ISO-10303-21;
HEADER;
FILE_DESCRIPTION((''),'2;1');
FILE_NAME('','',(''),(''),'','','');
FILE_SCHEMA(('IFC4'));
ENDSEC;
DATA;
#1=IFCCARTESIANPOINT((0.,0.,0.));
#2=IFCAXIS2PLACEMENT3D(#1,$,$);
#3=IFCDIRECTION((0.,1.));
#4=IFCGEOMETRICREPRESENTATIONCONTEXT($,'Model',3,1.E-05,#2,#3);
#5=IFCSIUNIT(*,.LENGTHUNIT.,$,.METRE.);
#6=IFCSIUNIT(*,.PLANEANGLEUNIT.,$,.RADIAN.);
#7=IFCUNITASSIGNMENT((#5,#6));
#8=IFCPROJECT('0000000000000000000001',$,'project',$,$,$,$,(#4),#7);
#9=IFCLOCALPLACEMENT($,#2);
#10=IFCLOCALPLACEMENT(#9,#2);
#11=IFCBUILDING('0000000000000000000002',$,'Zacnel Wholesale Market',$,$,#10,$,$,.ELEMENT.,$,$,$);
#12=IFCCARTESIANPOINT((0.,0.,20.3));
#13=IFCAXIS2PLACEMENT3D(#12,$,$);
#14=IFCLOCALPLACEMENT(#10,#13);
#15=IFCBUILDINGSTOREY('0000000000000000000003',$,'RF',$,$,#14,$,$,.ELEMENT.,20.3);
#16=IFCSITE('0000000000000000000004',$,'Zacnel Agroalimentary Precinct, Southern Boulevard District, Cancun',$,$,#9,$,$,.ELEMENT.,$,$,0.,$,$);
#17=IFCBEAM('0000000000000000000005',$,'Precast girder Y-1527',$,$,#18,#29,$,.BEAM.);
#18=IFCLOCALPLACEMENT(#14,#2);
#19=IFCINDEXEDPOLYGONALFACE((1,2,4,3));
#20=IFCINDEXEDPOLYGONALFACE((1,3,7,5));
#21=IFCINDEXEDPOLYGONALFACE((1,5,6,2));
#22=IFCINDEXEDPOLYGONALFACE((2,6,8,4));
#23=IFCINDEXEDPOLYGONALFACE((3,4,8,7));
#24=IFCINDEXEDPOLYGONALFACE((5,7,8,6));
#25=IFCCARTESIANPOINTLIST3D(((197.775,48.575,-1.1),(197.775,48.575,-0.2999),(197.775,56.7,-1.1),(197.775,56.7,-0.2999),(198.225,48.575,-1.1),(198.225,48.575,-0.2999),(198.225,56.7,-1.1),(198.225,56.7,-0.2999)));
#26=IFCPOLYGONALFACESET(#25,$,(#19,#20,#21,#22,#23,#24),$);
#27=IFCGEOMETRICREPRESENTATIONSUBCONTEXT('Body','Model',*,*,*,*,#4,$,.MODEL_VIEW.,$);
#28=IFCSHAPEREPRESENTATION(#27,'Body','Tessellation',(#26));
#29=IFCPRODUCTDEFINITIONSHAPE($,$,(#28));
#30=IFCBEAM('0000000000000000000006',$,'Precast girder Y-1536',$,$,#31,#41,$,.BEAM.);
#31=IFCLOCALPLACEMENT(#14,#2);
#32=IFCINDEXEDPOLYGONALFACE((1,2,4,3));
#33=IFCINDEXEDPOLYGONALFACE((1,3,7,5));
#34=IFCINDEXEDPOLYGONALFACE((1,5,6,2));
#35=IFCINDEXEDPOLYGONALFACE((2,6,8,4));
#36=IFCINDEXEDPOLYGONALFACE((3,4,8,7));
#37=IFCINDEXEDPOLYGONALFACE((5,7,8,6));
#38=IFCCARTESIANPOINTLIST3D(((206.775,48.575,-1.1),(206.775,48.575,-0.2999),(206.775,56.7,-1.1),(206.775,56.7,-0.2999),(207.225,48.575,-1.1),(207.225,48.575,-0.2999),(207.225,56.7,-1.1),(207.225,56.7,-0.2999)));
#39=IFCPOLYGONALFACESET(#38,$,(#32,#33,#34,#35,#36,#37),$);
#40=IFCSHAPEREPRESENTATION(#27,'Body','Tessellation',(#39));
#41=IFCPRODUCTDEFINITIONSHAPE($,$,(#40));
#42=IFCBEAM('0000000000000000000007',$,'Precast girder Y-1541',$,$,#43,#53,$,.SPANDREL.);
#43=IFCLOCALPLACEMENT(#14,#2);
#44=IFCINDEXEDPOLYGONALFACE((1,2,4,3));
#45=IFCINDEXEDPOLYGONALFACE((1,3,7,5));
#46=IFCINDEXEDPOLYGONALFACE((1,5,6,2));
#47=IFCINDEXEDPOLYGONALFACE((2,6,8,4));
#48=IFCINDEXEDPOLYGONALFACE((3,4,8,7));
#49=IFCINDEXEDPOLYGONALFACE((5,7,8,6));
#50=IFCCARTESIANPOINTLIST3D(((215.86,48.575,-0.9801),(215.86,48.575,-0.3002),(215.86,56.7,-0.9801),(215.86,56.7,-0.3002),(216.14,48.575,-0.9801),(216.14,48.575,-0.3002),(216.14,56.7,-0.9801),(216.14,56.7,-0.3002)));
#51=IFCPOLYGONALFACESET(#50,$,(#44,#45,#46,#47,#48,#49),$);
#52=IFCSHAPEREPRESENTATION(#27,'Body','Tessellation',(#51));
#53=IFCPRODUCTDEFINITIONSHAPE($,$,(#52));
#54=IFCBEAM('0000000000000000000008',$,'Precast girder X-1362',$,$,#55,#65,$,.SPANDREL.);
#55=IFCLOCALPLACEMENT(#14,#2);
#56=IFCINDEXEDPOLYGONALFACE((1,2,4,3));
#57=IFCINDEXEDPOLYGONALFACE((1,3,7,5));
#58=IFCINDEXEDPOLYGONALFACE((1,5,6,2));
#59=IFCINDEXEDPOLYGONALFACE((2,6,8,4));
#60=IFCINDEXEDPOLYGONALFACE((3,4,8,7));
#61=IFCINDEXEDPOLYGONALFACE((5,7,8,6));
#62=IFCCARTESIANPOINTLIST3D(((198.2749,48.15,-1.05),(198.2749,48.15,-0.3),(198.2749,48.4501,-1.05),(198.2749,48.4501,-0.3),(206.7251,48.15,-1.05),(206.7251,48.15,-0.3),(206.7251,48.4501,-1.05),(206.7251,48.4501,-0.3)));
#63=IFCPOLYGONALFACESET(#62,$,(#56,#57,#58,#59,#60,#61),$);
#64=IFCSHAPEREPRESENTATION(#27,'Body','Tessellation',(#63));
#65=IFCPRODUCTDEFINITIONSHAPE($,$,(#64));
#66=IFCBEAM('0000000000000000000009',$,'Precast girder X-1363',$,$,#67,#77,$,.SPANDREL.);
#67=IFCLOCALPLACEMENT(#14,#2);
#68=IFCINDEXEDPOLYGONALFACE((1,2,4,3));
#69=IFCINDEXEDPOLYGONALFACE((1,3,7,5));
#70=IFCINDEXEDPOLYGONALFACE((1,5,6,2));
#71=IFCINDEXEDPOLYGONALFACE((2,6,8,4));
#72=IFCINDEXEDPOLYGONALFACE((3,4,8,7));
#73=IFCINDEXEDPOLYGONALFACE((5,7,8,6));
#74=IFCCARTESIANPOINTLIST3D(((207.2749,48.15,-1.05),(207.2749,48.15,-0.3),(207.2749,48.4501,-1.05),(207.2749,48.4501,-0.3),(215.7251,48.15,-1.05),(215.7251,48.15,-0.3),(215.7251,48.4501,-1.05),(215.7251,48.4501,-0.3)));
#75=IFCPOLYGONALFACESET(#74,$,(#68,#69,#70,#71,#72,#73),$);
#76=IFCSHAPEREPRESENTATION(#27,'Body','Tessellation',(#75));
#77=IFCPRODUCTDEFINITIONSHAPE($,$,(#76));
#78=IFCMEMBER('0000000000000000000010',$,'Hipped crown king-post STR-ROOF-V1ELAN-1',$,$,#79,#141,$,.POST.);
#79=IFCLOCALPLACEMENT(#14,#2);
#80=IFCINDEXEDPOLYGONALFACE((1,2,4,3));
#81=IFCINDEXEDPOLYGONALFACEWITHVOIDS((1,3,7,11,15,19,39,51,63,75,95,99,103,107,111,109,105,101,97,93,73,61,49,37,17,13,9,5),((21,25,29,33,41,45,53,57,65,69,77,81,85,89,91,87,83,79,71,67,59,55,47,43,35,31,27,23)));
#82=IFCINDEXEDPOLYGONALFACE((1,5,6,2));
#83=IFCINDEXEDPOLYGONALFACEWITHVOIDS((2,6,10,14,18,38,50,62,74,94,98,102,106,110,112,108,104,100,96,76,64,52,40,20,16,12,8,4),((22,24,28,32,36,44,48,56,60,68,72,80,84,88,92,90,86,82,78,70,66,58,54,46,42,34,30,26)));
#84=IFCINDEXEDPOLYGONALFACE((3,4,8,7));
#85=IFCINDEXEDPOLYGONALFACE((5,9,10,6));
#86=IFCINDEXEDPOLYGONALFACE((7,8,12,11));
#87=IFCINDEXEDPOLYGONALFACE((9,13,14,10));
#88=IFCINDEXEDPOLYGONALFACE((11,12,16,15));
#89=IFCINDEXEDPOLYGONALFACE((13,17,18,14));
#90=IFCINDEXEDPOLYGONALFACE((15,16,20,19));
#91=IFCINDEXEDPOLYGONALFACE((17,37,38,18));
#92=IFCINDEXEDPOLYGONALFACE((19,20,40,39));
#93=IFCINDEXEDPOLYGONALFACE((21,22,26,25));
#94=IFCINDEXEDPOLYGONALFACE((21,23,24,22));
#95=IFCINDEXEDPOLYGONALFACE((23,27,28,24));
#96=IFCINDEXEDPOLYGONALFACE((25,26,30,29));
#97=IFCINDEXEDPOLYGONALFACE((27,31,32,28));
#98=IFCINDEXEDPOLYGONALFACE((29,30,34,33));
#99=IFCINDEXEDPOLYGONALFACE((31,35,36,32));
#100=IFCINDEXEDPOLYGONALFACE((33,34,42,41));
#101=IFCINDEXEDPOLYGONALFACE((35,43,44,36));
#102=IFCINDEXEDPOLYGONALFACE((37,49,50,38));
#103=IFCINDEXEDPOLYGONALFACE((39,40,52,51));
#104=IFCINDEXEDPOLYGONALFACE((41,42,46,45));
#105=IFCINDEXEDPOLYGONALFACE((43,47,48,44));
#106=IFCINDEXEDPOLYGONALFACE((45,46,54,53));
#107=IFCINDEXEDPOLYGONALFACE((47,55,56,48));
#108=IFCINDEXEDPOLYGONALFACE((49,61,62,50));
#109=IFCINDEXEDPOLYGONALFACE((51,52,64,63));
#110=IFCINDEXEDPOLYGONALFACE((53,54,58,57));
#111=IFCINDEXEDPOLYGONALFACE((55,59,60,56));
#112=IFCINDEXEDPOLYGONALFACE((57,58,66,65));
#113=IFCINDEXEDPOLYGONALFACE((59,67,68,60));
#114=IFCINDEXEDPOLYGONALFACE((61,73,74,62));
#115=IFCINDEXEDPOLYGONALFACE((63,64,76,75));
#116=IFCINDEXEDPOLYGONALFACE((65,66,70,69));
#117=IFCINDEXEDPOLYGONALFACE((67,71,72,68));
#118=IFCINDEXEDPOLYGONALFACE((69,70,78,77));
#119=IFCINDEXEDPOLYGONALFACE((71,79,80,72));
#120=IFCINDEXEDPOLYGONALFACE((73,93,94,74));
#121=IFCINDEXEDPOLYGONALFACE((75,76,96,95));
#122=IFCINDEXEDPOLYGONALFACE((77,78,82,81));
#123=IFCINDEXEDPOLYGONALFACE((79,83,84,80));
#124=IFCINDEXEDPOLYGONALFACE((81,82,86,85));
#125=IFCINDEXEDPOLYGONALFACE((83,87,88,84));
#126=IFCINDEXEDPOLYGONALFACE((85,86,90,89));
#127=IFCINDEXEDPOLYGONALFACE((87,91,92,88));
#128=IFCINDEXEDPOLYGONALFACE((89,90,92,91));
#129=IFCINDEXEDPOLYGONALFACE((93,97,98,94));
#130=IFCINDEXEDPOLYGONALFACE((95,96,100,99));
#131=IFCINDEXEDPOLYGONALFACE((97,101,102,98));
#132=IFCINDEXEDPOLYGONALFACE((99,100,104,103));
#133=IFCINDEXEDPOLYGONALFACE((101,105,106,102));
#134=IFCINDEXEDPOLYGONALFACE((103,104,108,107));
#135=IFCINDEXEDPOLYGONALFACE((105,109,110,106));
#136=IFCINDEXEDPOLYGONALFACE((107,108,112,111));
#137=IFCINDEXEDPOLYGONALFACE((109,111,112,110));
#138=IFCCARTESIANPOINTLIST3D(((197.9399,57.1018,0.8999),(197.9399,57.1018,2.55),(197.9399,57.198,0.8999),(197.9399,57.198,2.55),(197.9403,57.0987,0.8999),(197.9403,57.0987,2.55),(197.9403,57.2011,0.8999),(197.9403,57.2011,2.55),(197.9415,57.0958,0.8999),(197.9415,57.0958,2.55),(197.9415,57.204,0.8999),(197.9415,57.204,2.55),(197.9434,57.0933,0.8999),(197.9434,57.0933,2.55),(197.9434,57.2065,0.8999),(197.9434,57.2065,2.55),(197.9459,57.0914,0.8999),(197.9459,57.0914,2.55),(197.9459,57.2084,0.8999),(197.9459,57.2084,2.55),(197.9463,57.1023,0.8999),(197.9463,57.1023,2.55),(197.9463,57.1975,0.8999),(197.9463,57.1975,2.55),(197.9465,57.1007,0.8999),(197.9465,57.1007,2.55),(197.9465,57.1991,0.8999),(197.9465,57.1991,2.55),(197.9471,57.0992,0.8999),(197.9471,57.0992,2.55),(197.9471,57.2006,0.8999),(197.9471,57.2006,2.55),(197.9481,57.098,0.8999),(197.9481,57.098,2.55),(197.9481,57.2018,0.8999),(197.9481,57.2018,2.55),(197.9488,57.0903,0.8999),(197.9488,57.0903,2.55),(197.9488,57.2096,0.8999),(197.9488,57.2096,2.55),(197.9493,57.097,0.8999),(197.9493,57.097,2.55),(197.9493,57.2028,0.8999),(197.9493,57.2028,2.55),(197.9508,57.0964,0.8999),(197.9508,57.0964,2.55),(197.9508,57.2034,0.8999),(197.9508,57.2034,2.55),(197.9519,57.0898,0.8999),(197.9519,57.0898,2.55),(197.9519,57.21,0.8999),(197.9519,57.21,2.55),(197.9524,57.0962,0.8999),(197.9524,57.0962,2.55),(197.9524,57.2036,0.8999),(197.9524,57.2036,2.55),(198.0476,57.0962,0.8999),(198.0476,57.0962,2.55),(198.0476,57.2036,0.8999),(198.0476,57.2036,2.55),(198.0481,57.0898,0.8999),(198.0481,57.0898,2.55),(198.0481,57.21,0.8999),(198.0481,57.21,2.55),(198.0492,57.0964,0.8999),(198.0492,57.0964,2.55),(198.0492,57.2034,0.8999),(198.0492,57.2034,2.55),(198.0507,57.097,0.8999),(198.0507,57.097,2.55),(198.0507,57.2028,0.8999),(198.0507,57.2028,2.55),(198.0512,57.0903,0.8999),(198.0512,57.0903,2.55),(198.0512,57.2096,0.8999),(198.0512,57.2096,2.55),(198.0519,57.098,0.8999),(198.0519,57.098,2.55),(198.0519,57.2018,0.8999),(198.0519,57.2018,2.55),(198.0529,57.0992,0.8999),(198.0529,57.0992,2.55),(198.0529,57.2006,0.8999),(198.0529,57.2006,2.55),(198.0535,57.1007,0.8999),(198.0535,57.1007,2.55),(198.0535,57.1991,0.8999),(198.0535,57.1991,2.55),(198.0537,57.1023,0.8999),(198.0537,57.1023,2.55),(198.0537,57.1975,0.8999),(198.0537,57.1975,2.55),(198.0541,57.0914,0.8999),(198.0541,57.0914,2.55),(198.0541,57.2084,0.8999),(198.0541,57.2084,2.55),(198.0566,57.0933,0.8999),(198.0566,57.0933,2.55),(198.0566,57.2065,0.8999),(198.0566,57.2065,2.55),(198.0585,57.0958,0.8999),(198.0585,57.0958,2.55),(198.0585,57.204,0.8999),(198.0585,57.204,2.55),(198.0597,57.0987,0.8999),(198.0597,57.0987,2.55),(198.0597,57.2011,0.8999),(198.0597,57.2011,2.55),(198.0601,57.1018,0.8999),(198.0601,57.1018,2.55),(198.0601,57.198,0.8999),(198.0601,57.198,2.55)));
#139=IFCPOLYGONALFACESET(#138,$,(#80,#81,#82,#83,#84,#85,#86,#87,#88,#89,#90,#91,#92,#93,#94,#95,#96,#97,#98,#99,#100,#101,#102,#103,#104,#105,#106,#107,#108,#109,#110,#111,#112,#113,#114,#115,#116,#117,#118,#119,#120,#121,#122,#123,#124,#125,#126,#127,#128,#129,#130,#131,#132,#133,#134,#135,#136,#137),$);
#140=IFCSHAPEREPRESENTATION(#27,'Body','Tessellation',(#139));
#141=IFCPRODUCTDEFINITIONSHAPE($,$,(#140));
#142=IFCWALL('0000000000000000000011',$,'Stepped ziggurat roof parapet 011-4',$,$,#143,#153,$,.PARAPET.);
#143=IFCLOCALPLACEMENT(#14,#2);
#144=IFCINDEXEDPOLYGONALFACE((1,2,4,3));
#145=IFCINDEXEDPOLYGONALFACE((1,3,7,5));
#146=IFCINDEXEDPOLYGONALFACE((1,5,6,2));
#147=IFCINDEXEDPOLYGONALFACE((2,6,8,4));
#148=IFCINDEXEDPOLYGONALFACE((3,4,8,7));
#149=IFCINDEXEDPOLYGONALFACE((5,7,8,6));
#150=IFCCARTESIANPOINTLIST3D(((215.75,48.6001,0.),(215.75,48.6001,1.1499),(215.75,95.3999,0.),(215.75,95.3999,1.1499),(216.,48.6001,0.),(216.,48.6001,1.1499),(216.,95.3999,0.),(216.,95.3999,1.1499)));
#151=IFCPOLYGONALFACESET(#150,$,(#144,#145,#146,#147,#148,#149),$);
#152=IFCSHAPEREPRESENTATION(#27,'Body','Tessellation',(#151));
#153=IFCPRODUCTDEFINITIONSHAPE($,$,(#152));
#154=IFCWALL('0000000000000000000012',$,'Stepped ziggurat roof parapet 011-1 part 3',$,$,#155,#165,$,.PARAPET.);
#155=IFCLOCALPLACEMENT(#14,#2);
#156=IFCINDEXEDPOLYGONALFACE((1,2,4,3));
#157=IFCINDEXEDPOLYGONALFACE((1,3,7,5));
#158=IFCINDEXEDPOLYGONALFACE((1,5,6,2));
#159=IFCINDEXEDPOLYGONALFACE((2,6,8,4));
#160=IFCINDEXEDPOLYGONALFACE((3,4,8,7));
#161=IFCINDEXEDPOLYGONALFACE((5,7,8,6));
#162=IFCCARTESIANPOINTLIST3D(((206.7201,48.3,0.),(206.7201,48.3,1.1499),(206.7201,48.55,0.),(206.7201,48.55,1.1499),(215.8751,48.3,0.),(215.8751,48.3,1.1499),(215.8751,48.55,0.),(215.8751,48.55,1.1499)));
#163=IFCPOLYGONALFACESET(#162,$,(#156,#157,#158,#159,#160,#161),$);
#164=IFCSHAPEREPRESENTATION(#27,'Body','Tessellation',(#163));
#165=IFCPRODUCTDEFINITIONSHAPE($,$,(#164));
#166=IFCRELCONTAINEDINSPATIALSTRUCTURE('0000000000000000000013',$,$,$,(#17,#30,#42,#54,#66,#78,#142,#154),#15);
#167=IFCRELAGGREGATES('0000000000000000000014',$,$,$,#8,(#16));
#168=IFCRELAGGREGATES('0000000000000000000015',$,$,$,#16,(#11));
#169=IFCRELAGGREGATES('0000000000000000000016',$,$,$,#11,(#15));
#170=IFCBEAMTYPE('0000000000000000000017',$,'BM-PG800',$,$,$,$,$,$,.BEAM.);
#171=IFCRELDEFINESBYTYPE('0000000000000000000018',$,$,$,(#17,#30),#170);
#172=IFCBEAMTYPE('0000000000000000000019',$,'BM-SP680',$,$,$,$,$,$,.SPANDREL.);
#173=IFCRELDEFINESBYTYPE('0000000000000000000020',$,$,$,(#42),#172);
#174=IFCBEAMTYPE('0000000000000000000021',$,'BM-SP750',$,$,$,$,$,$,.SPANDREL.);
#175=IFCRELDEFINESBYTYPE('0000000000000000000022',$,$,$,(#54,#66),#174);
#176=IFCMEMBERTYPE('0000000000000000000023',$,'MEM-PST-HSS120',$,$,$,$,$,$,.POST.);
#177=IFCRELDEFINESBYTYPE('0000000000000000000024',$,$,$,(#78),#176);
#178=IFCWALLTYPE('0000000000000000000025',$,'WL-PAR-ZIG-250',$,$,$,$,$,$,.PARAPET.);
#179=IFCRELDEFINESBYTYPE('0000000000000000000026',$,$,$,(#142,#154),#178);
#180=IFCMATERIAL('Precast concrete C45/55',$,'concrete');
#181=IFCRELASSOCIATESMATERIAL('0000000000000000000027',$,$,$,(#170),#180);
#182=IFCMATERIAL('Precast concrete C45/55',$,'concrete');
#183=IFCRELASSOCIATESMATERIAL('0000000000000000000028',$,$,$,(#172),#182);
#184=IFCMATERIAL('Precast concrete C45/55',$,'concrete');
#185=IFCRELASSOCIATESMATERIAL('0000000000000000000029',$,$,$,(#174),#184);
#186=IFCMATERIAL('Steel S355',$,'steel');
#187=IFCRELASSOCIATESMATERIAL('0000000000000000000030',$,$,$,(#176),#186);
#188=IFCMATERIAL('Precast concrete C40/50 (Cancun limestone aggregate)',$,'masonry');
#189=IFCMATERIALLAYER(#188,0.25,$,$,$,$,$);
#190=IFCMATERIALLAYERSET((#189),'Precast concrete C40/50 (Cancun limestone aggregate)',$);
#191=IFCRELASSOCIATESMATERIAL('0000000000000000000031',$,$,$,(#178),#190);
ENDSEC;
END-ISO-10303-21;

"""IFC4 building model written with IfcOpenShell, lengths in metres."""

from ifc_helpers import new_model, si_unit, direction, frame, frame_2d, origin, origin_2d, place, context, subcontext, project, spatial, rectangle, hollow_rectangle, extrude, material, layer, layer_set, material_profile, profile_set, type_object, element, save


model = new_model("IFC4")

# Units and contexts
model_context = context("Model", 3, precision=1e-05, world=origin(), true_north=direction((0.0, 1.0)))
body_context = subcontext(model_context, "Body", "Model", "MODEL_VIEW")
ifc_project = project(units=[si_unit("LENGTHUNIT", "METRE"), si_unit("PLANEANGLEUNIT", "RADIAN")], contexts=[model_context])

# Site, building, storey
site_placement = place(None, origin())
site = spatial("IfcSite", under=ifc_project, at=site_placement, Name="Zacnel Agroalimentary Precinct, Southern Boulevard District, Cancun", CompositionType="ELEMENT", RefElevation=0.0)
building_placement = place(site_placement, origin())
building = spatial("IfcBuilding", under=site, at=building_placement, Name="Zacnel Wholesale Market", CompositionType="ELEMENT")
storey_placement = place(building_placement, frame((0.0, 0.0, 20.3)))
storey = spatial("IfcBuildingStorey", under=building, at=storey_placement, Name="RF", CompositionType="ELEMENT", Elevation=20.3)

# Beams
ifc_material_1 = material(Name="Precast concrete C45/55", Category="concrete")
ifc_material_profile_1 = material_profile(ifc_material_1, rectangle(XDim=0.45, YDim=0.8, at=origin_2d()), Name="PG 450x800")
ifc_profile_set_1 = profile_set([ifc_material_profile_1], Name="Precast concrete C45/55")
beam_type_1 = type_object("IfcBeamType", Name="BM-PG800", PredefinedType="BEAM", material=ifc_profile_set_1)
for number, where, z_axis, x_axis, name in (
    (1, (198.0, 48.575, -0.7), (0.0, 1.0, 0.0), (-1.0, 0.0, 0.0), "Precast girder Y-1527"),
    (2, (207.0, 48.575, -0.7), (0.0, 1.0, 0.0), (-1.0, 0.0, 0.0), "Precast girder Y-1536"),
):
    element("IfcBeam", number, at=place(storey_placement, frame(where, z_axis=z_axis, x_axis=x_axis)), inside=storey, type_object=beam_type_1, Name=name, PredefinedType="BEAM", context=body_context, shape_type="SweptSolid", body=[
        extrude(rectangle(XDim=0.45, YDim=0.8, at=origin_2d()), origin(), (0.0, 0.0, 1.0), 8.125),
    ])
ifc_material_2 = material(Name="Precast concrete C45/55", Category="concrete")
ifc_material_profile_2 = material_profile(ifc_material_2, rectangle(XDim=0.28, YDim=0.6799, at=origin_2d()), Name="SP 280x680")
ifc_profile_set_2 = profile_set([ifc_material_profile_2], Name="Precast concrete C45/55")
beam_type_2 = type_object("IfcBeamType", Name="BM-SP680", PredefinedType="SPANDREL", material=ifc_profile_set_2)
beam_1_placement = place(storey_placement, frame((216.0, 48.575, -0.6401), z_axis=(0.0, 1.0, 0.0), x_axis=(-1.0, 0.0, 0.0)))
element("IfcBeam", 3, at=beam_1_placement, inside=storey, type_object=beam_type_2, Name="Precast girder Y-1541", PredefinedType="SPANDREL", context=body_context, shape_type="SweptSolid", body=[
    extrude(rectangle(XDim=0.28, YDim=0.6799, at=origin_2d()), origin(), (0.0, 0.0, 1.0), 8.125),
])
ifc_material_3 = material(Name="Precast concrete C45/55", Category="concrete")
ifc_material_profile_3 = material_profile(ifc_material_3, rectangle(XDim=0.3, YDim=0.75, at=origin_2d()), Name="SP 300x750")
ifc_profile_set_3 = profile_set([ifc_material_profile_3], Name="Precast concrete C45/55")
beam_type_3 = type_object("IfcBeamType", Name="BM-SP750", PredefinedType="SPANDREL", material=ifc_profile_set_3)
for number, where, z_axis, x_axis, name in (
    (4, (198.2749, 48.3, -0.675), (1.0, 0.0, 0.0), (0.0, 1.0, 0.0), "Precast girder X-1362"),
    (5, (207.2749, 48.3, -0.675), (1.0, 0.0, 0.0), (0.0, 1.0, 0.0), "Precast girder X-1363"),
):
    element("IfcBeam", number, at=place(storey_placement, frame(where, z_axis=z_axis, x_axis=x_axis)), inside=storey, type_object=beam_type_3, Name=name, PredefinedType="SPANDREL", context=body_context, shape_type="SweptSolid", body=[
        extrude(rectangle(XDim=0.3, YDim=0.75, at=origin_2d()), origin(), (0.0, 0.0, 1.0), 8.4502),
    ])

# Member
ifc_material_4 = material(Name="Steel S355", Category="steel")
ifc_material_profile_4 = material_profile(ifc_material_4, hollow_rectangle(XDim=0.1201, YDim=0.1201, WallThickness=0.0063, InnerFilletRadius=0.0061, OuterFilletRadius=0.012, at=origin_2d()), Name="HSS 120x120x6.3")
ifc_profile_set_4 = profile_set([ifc_material_profile_4], Name="Steel S355")
member_type = type_object("IfcMemberType", Name="MEM-PST-HSS120", PredefinedType="POST", material=ifc_profile_set_4)
member_placement = place(storey_placement, frame((198.0, 57.1499, 0.8999), z_axis=(0.0, 0.0, 1.0), x_axis=(1.0, 0.0, 0.0)))
element("IfcMember", 6, at=member_placement, inside=storey, type_object=member_type, Name="Hipped crown king-post STR-ROOF-V1ELAN-1", PredefinedType="POST", context=body_context, shape_type="SweptSolid", body=[
    extrude(hollow_rectangle(XDim=0.1201, YDim=0.1201, WallThickness=0.0063, InnerFilletRadius=0.0061, OuterFilletRadius=0.012, at=origin_2d()), origin(), (0.0, 0.0, 1.0), 1.6501),
])

# Walls
ifc_material_5 = material(Name="Precast concrete C40/50 (Cancun limestone aggregate)", Category="masonry")
ifc_layer = layer(ifc_material_5, 0.25)
ifc_layer_set = layer_set([ifc_layer], Name="Precast concrete C40/50 (Cancun limestone aggregate)")
wall_type = type_object("IfcWallType", Name="WL-PAR-ZIG-250", PredefinedType="PARAPET", material=ifc_layer_set)
wall_1_placement = place(storey_placement, frame((215.875, 48.6001, 0.0), z_axis=(0.0, 0.0, 1.0), x_axis=(0.0, 1.0, 0.0)))
element("IfcWall", 7, at=wall_1_placement, inside=storey, type_object=wall_type, Name="Stepped ziggurat roof parapet 011-4", PredefinedType="PARAPET", context=body_context, shape_type="SweptSolid", body=[
    extrude(rectangle(XDim=46.7998, YDim=0.25, at=frame_2d((23.3999, 0.0))), origin(), (0.0, 0.0, 1.0), 1.1499),
])
wall_2_placement = place(storey_placement, frame((206.72, 48.425, 0.0), z_axis=(0.0, 0.0, 1.0), x_axis=(1.0, 0.0, 0.0)))
element("IfcWall", 8, at=wall_2_placement, inside=storey, type_object=wall_type, Name="Stepped ziggurat roof parapet 011-1 part 3", PredefinedType="PARAPET", context=body_context, shape_type="SweptSolid", body=[
    extrude(rectangle(XDim=9.155, YDim=0.25, at=frame_2d((4.5776, 0.0))), origin(), (0.0, 0.0, 1.0), 1.1499),
])

save(model, "model.ifc")
